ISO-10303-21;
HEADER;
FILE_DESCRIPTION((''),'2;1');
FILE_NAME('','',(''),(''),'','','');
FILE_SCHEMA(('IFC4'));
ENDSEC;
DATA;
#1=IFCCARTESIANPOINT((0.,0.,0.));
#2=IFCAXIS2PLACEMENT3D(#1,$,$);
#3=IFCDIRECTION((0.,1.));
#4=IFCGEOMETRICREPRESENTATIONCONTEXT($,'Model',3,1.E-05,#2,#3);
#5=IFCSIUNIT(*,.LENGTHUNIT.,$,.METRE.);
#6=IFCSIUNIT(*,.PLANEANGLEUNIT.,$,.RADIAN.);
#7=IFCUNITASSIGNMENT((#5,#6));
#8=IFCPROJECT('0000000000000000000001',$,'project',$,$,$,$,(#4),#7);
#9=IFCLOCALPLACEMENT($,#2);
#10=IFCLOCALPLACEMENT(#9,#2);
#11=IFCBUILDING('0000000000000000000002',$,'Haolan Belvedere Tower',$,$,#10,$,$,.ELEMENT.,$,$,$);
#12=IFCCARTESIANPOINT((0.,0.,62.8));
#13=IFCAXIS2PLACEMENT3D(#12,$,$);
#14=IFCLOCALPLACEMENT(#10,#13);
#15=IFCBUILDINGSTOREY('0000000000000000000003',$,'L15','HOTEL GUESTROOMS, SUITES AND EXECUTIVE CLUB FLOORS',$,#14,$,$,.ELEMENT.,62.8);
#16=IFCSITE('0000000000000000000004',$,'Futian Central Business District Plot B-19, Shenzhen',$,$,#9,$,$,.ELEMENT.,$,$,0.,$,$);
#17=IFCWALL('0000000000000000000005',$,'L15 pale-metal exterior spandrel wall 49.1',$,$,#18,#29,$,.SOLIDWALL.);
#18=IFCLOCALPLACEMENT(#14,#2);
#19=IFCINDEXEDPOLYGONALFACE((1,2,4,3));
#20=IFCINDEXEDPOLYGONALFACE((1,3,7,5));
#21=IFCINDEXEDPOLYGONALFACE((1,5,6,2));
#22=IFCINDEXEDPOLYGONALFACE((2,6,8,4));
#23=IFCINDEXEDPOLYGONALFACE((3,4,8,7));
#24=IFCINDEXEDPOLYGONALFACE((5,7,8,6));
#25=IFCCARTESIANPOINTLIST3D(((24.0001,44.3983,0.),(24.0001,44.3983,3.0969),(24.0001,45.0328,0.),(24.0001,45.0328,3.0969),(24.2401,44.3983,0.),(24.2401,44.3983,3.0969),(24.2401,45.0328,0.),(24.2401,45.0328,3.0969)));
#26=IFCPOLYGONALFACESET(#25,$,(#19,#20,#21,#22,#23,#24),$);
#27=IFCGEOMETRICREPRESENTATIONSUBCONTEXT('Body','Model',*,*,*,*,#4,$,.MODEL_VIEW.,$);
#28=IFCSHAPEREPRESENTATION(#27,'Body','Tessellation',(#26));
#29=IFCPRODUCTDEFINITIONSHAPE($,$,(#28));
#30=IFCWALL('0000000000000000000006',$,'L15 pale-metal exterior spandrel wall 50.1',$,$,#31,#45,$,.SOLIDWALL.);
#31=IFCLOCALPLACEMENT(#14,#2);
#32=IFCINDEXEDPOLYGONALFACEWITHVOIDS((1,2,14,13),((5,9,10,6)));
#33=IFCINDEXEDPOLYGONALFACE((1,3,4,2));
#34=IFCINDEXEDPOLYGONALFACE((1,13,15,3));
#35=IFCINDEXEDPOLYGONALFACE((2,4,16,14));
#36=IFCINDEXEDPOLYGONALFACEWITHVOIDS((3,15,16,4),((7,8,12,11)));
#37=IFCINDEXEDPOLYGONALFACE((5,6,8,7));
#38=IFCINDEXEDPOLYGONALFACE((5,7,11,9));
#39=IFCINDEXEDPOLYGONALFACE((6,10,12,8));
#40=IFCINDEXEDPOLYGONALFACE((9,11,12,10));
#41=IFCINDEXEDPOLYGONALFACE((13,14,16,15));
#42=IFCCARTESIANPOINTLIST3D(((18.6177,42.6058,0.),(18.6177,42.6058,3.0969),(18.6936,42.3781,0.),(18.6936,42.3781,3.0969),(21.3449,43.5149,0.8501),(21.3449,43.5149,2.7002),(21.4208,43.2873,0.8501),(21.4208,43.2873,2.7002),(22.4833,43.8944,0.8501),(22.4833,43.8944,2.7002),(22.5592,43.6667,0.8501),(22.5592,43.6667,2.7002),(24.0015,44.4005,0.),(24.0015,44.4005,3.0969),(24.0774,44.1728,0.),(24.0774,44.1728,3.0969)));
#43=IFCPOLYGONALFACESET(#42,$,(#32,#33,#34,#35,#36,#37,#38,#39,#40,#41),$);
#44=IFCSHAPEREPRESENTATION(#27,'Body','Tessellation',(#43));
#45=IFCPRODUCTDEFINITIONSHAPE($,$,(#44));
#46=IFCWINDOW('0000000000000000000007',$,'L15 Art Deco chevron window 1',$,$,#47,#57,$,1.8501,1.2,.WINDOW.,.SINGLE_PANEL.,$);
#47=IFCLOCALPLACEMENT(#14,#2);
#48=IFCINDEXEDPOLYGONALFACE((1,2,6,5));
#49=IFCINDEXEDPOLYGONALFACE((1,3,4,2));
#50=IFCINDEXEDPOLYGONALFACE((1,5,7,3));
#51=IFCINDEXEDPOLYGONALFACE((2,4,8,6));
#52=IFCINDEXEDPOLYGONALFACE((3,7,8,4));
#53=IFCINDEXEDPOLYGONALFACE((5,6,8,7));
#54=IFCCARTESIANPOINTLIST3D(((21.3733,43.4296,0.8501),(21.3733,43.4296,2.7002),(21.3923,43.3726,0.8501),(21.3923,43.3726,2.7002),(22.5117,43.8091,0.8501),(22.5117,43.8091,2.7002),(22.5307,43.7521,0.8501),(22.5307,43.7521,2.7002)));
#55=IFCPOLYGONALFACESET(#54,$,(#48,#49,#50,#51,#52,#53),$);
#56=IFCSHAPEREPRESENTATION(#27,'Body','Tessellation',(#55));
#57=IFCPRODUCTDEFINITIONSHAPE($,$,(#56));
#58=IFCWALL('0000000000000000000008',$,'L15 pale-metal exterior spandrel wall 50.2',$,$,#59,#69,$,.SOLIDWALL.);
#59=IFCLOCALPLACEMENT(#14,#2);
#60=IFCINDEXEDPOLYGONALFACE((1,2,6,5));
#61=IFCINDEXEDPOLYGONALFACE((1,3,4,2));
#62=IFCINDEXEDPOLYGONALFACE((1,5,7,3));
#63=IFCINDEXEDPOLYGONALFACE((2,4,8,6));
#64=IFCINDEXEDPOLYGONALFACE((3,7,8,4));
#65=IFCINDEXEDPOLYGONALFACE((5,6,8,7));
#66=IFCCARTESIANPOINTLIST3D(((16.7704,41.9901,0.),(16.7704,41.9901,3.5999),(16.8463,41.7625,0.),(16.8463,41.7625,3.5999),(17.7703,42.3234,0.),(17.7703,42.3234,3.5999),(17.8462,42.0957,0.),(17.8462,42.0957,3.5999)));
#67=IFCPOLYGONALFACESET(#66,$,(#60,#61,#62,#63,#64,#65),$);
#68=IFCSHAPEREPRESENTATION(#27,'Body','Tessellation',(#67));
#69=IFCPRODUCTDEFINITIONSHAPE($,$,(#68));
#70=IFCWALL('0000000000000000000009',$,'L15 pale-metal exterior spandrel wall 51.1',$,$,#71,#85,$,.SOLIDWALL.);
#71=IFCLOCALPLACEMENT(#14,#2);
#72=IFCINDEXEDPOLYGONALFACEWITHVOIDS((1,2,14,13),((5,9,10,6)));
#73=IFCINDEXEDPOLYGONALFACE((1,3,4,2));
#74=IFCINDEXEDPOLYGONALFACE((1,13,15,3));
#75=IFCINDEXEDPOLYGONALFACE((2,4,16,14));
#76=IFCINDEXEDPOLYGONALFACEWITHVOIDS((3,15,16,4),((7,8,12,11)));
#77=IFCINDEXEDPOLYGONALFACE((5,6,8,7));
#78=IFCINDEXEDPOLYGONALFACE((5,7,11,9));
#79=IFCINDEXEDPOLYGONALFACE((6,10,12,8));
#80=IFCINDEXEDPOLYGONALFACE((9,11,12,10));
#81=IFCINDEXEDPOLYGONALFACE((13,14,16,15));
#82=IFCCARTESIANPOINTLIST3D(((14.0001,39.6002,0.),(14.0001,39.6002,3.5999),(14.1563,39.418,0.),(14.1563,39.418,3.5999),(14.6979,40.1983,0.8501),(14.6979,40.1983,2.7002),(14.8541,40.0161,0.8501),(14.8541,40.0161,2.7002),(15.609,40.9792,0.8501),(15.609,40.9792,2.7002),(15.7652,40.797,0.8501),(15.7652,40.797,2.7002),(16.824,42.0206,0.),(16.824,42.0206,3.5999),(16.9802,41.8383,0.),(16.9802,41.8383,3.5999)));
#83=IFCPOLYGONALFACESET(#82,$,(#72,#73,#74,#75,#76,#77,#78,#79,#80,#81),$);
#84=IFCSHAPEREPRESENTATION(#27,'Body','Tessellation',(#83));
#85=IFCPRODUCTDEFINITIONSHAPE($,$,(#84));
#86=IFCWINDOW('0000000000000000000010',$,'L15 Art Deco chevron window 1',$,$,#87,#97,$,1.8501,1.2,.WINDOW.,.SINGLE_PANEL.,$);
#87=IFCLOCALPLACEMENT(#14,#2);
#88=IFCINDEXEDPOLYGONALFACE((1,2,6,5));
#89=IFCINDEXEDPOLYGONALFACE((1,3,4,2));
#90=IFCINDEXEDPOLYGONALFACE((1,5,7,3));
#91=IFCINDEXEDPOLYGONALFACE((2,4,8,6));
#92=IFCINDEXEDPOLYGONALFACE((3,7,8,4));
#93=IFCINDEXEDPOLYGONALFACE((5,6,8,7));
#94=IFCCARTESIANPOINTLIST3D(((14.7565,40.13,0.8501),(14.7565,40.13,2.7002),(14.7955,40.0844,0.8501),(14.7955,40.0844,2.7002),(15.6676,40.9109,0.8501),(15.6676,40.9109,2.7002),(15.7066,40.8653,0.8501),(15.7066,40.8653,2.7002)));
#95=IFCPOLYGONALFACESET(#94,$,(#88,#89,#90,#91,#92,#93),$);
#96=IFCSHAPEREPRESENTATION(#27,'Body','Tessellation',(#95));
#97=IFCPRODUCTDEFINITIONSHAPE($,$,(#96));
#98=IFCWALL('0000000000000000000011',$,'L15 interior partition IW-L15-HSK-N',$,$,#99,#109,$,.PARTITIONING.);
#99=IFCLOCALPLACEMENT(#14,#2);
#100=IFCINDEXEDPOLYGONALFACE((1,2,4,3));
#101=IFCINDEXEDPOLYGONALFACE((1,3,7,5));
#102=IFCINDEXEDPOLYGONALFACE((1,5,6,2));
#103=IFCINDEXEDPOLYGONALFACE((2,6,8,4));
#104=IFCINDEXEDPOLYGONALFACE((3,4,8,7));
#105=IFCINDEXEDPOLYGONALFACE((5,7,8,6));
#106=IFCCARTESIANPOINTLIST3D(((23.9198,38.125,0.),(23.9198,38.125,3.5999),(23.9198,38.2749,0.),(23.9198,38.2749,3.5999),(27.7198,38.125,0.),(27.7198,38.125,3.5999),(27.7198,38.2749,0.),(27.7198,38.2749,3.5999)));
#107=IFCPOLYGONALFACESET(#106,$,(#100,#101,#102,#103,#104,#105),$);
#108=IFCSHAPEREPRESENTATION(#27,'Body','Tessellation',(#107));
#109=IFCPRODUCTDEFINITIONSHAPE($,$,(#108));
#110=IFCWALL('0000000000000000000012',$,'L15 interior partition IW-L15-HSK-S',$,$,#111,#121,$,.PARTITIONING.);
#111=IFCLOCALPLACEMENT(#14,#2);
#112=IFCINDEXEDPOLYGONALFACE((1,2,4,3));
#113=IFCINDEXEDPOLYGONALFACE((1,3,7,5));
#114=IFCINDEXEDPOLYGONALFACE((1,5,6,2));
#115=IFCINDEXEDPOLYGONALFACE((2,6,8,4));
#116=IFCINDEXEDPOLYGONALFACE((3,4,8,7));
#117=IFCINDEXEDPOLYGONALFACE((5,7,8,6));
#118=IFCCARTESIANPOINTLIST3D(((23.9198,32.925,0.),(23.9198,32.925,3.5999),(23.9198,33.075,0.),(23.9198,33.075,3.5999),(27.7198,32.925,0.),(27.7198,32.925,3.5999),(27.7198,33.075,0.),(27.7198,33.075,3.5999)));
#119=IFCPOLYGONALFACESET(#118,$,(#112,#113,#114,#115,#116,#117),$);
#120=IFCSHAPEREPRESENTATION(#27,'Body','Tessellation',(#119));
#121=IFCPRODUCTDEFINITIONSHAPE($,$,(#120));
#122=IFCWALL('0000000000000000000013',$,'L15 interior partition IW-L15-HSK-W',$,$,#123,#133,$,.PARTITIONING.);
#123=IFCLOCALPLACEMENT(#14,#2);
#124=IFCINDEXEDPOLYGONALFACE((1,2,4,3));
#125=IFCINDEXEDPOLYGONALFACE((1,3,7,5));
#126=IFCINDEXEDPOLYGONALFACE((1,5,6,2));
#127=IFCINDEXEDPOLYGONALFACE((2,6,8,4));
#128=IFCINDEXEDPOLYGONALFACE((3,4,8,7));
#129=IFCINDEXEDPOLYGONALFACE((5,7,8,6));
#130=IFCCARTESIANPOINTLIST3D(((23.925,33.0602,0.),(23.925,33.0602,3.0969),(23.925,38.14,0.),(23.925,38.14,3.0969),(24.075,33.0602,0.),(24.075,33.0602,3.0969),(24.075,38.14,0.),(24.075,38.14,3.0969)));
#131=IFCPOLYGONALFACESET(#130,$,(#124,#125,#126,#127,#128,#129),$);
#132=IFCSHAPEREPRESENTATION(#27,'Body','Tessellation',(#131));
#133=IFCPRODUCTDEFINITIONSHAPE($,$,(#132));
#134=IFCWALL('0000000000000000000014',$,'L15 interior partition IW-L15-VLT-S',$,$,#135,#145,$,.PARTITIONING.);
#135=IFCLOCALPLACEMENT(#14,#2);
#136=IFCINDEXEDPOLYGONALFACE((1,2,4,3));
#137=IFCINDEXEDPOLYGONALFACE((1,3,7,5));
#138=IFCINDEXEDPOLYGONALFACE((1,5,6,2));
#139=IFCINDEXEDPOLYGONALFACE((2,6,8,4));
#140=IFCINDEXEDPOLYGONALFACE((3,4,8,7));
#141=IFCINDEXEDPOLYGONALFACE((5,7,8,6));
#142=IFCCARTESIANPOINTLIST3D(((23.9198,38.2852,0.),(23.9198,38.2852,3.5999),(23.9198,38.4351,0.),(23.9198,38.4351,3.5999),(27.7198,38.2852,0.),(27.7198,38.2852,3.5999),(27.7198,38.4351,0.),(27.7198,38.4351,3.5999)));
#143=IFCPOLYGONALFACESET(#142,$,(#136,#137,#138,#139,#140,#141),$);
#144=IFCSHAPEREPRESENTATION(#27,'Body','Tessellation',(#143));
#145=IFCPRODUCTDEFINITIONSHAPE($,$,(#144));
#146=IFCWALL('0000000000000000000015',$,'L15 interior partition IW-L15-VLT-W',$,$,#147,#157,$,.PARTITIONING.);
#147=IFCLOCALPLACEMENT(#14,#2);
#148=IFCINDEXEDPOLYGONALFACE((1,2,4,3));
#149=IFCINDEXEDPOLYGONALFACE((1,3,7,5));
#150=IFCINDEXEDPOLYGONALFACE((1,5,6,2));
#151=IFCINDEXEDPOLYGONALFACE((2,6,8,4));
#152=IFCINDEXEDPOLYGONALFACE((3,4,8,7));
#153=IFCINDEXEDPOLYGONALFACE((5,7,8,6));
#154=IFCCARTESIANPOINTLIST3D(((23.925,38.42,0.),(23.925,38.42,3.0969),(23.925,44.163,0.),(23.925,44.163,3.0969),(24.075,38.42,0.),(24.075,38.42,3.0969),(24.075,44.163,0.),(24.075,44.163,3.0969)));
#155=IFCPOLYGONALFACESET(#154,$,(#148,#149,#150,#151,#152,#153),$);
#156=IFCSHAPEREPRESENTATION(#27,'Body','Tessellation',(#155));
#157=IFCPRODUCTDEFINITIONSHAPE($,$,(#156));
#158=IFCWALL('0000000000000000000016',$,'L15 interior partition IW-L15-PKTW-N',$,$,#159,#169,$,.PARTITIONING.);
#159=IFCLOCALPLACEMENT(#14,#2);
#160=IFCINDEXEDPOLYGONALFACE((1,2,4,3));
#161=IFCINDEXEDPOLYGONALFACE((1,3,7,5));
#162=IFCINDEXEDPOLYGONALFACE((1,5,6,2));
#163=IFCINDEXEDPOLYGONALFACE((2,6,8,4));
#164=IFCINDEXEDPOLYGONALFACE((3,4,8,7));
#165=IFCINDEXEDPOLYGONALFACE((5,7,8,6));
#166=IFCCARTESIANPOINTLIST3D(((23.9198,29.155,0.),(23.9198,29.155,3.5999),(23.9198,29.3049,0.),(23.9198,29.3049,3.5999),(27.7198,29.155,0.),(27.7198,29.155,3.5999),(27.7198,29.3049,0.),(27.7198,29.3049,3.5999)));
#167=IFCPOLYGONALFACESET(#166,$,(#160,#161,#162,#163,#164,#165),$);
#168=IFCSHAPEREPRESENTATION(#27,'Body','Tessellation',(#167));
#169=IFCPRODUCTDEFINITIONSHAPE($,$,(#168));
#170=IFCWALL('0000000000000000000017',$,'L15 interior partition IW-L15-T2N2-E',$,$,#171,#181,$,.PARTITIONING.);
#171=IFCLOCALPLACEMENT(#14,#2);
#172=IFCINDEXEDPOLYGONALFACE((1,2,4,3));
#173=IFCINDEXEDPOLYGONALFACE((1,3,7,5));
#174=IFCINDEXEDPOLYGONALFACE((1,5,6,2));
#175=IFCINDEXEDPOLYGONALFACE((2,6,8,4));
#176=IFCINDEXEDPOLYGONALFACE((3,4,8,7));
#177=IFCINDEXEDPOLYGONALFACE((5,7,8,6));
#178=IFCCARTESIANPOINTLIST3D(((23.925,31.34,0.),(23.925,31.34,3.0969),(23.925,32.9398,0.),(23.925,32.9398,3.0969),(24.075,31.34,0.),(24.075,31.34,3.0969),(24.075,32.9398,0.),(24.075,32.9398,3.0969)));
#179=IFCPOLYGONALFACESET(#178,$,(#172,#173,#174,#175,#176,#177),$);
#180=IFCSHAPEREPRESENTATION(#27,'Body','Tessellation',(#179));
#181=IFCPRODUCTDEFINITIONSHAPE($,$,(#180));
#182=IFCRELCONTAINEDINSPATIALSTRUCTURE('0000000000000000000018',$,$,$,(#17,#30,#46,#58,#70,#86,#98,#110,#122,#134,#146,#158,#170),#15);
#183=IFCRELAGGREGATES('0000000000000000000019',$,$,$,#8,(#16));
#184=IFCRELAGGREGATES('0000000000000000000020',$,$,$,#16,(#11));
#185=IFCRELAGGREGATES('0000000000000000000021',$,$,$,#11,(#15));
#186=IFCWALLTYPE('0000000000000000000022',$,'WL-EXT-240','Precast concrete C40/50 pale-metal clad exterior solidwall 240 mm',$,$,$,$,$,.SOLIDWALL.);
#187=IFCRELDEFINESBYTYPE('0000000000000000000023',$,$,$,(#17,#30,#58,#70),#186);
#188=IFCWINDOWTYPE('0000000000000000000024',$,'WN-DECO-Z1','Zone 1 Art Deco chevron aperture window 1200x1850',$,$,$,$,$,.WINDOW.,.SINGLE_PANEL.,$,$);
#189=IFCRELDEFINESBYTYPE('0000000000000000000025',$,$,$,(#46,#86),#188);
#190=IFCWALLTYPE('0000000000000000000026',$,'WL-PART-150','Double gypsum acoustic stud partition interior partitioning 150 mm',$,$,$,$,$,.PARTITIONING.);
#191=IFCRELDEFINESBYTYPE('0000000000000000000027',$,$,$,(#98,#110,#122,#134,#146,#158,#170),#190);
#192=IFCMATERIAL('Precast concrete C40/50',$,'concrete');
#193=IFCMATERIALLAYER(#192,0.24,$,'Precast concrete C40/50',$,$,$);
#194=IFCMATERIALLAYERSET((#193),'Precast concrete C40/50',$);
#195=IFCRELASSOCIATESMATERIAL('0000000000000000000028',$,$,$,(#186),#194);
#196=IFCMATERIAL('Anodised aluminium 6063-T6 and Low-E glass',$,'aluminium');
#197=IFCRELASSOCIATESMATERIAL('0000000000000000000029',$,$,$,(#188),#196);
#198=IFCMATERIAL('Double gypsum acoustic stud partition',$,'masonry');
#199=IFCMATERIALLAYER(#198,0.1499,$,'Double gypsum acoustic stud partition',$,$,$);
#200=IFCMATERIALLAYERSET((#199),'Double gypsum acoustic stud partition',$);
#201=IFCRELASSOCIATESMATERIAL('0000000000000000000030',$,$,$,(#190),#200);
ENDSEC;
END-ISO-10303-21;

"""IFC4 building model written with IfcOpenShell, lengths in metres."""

from ifc_helpers import new_model, si_unit, direction, frame, frame_2d, origin, place, context, subcontext, project, spatial, rectangle, extrude, material, layer, layer_set, type_object, element, fill, save


model = new_model("IFC4")

# Units and contexts
model_context = context("Model", 3, precision=1e-05, world=origin(), true_north=direction((0.0, 1.0)))
body_context = subcontext(model_context, "Body", "Model", "MODEL_VIEW")
ifc_project = project(units=[si_unit("LENGTHUNIT", "METRE"), si_unit("PLANEANGLEUNIT", "RADIAN")], contexts=[model_context])

# Site, building, storey
site_placement = place(None, origin())
site = spatial("IfcSite", under=ifc_project, at=site_placement, Name="Futian Central Business District Plot B-19, Shenzhen", CompositionType="ELEMENT", RefElevation=0.0)
building_placement = place(site_placement, origin())
building = spatial("IfcBuilding", under=site, at=building_placement, Name="Haolan Belvedere Tower", CompositionType="ELEMENT")
storey_placement = place(building_placement, frame((0.0, 0.0, 62.8)))
storey = spatial("IfcBuildingStorey", under=building, at=storey_placement, Name="L15", Description="HOTEL GUESTROOMS, SUITES AND EXECUTIVE CLUB FLOORS", CompositionType="ELEMENT", Elevation=62.8)

# Wall
ifc_material_1 = material(Name="Precast concrete C40/50", Category="concrete")
ifc_layer_1 = layer(ifc_material_1, 0.24, Name="Precast concrete C40/50")
ifc_layer_set_1 = layer_set([ifc_layer_1], Name="Precast concrete C40/50")
wall_type_1 = type_object("IfcWallType", Name="WL-EXT-240", Description="Precast concrete C40/50 pale-metal clad exterior solidwall 240 mm", PredefinedType="SOLIDWALL", material=ifc_layer_set_1)
wall_1_placement = place(storey_placement, frame((24.1201, 45.033, 0.0), z_axis=(0.0, 0.0, 1.0), x_axis=(0.0, -1.0, 0.0)))
element("IfcWall", 1, at=wall_1_placement, inside=storey, type_object=wall_type_1, Name="L15 pale-metal exterior spandrel wall 49.1", PredefinedType="SOLIDWALL", context=body_context, shape_type="SweptSolid", body=[
    extrude(rectangle(XDim=0.6345, YDim=0.24, at=frame_2d((0.3174, 0.0))), origin(), (0.0, 0.0, 1.0), 3.0969),
])

# Wall, opening, window
wall_2_placement = place(storey_placement, frame((24.0393, 44.2866, 0.0), z_axis=(0.0, 0.0, 1.0), x_axis=(-0.948679, -0.316241, 0.0)))
wall_2 = element("IfcWall", 2, at=wall_2_placement, inside=storey, type_object=wall_type_1, Name="L15 pale-metal exterior spandrel wall 50.1", PredefinedType="SOLIDWALL", context=body_context, shape_type="SweptSolid", body=[
    extrude(rectangle(XDim=5.675, YDim=0.24, at=frame_2d((2.8374, 0.0))), origin(), (0.0, 0.0, 1.0), 3.0969),
])
opening_1_placement = place(wall_2_placement, frame((1.6001, 0.0, 0.8501)))
opening_1 = element("IfcOpeningElement", 3, at=opening_1_placement, cuts=wall_2, PredefinedType="OPENING", context=body_context, shape_type="SweptSolid", body=[
    extrude(rectangle(XDim=1.2, YDim=1.8501, at=frame_2d((0.6001, 0.925))), frame((0.0, 0.1299, 0.0), z_axis=(0.0, -1.0, 0.0), x_axis=(1.0, 0.0, 0.0)), (0.0, 0.0, 1.0), 0.26),
])
ifc_material_2 = material(Name="Anodised aluminium 6063-T6 and Low-E glass", Category="aluminium")
window_type = type_object("IfcWindowType", Name="WN-DECO-Z1", Description="Zone 1 Art Deco chevron aperture window 1200x1850", PartitioningType="SINGLE_PANEL", PredefinedType="WINDOW", material=ifc_material_2)
window_1_placement = place(opening_1_placement, origin())
window_1 = element("IfcWindow", 4, at=window_1_placement, inside=storey, type_object=window_type, Name="L15 Art Deco chevron window 1", OverallHeight=1.8501, OverallWidth=1.2, PartitioningType="SINGLE_PANEL", PredefinedType="WINDOW", context=body_context, shape_type="SweptSolid", body=[
    extrude(rectangle(XDim=1.2, YDim=1.8501, at=frame_2d((0.6001, 0.925))), frame((0.0, 0.03, 0.0), z_axis=(0.0, -1.0, 0.0), x_axis=(1.0, 0.0, 0.0)), (0.0, 0.0, 1.0), 0.0601),
])
fill(opening_1, window_1)

# Wall
wall_3_placement = place(storey_placement, frame((17.8081, 42.2095, 0.0), z_axis=(0.0, 0.0, 1.0), x_axis=(-0.948706, -0.316158, 0.0)))
element("IfcWall", 5, at=wall_3_placement, inside=storey, type_object=wall_type_1, Name="L15 pale-metal exterior spandrel wall 50.2", PredefinedType="SOLIDWALL", context=body_context, shape_type="SweptSolid", body=[
    extrude(rectangle(XDim=1.054, YDim=0.24, at=frame_2d((0.5269, 0.0))), origin(), (0.0, 0.0, 1.0), 3.5999),
])

# Wall, opening, window
wall_4_placement = place(storey_placement, frame((16.9021, 41.9294, 0.0), z_axis=(0.0, 0.0, 1.0), x_axis=(-0.759275, -0.65077, 0.0)))
wall_4 = element("IfcWall", 6, at=wall_4_placement, inside=storey, type_object=wall_type_1, Name="L15 pale-metal exterior spandrel wall 51.1", PredefinedType="SOLIDWALL", context=body_context, shape_type="SweptSolid", body=[
    extrude(rectangle(XDim=3.7192, YDim=0.24, at=frame_2d((1.8596, 0.0))), origin(), (0.0, 0.0, 1.0), 3.5999),
])
opening_2_placement = place(wall_4_placement, frame((1.6001, 0.0, 0.8501)))
opening_2 = element("IfcOpeningElement", 7, at=opening_2_placement, cuts=wall_4, PredefinedType="OPENING", context=body_context, shape_type="SweptSolid", body=[
    extrude(rectangle(XDim=1.2, YDim=1.8501, at=frame_2d((0.6001, 0.925))), frame((0.0, 0.1299, 0.0), z_axis=(0.0, -1.0, 0.0), x_axis=(1.0, 0.0, 0.0)), (0.0, 0.0, 1.0), 0.26),
])
window_2_placement = place(opening_2_placement, origin())
window_2 = element("IfcWindow", 8, at=window_2_placement, inside=storey, type_object=window_type, Name="L15 Art Deco chevron window 1", OverallHeight=1.8501, OverallWidth=1.2, PartitioningType="SINGLE_PANEL", PredefinedType="WINDOW", context=body_context, shape_type="SweptSolid", body=[
    extrude(rectangle(XDim=1.2, YDim=1.8501, at=frame_2d((0.6001, 0.925))), frame((0.0, 0.03, 0.0), z_axis=(0.0, -1.0, 0.0), x_axis=(1.0, 0.0, 0.0)), (0.0, 0.0, 1.0), 0.0601),
])
fill(opening_2, window_2)

# Walls
ifc_material_3 = material(Name="Double gypsum acoustic stud partition", Category="masonry")
ifc_layer_2 = layer(ifc_material_3, 0.1499, Name="Double gypsum acoustic stud partition")
ifc_layer_set_2 = layer_set([ifc_layer_2], Name="Double gypsum acoustic stud partition")
wall_type_2 = type_object("IfcWallType", Name="WL-PART-150", Description="Double gypsum acoustic stud partition interior partitioning 150 mm", PredefinedType="PARTITIONING", material=ifc_layer_set_2)
for number, where, z_axis, x_axis, name in (
    (9, (23.9199, 38.2, 0.0), (0.0, 0.0, 1.0), (1.0, 0.0, 0.0), "L15 interior partition IW-L15-HSK-N"),
    (10, (23.9199, 33.0, 0.0), (0.0, 0.0, 1.0), (1.0, 0.0, 0.0), "L15 interior partition IW-L15-HSK-S"),
):
    element("IfcWall", number, at=place(storey_placement, frame(where, z_axis=z_axis, x_axis=x_axis)), inside=storey, type_object=wall_type_2, Name=name, PredefinedType="PARTITIONING", context=body_context, shape_type="SweptSolid", body=[
        extrude(rectangle(XDim=3.8, YDim=0.1499, at=frame_2d((1.8999, 0.0))), origin(), (0.0, 0.0, 1.0), 3.5999),
    ])
wall_5_placement = place(storey_placement, frame((24.0, 33.0601, 0.0), z_axis=(0.0, 0.0, 1.0), x_axis=(0.0, 1.0, 0.0)))
element("IfcWall", 11, at=wall_5_placement, inside=storey, type_object=wall_type_2, Name="L15 interior partition IW-L15-HSK-W", PredefinedType="PARTITIONING", context=body_context, shape_type="SweptSolid", body=[
    extrude(rectangle(XDim=5.0798, YDim=0.1499, at=frame_2d((2.54, 0.0))), origin(), (0.0, 0.0, 1.0), 3.0969),
])
wall_6_placement = place(storey_placement, frame((23.9199, 38.3601, 0.0), z_axis=(0.0, 0.0, 1.0), x_axis=(1.0, 0.0, 0.0)))
element("IfcWall", 12, at=wall_6_placement, inside=storey, type_object=wall_type_2, Name="L15 interior partition IW-L15-VLT-S", PredefinedType="PARTITIONING", context=body_context, shape_type="SweptSolid", body=[
    extrude(rectangle(XDim=3.8, YDim=0.1499, at=frame_2d((1.8999, 0.0))), origin(), (0.0, 0.0, 1.0), 3.5999),
])
wall_7_placement = place(storey_placement, frame((24.0, 38.4199, 0.0), z_axis=(0.0, 0.0, 1.0), x_axis=(0.0, 1.0, 0.0)))
element("IfcWall", 13, at=wall_7_placement, inside=storey, type_object=wall_type_2, Name="L15 interior partition IW-L15-VLT-W", PredefinedType="PARTITIONING", context=body_context, shape_type="SweptSolid", body=[
    extrude(rectangle(XDim=5.7429, YDim=0.1499, at=frame_2d((2.8716, 0.0))), origin(), (0.0, 0.0, 1.0), 3.0969),
])
wall_8_placement = place(storey_placement, frame((23.9199, 29.23, 0.0), z_axis=(0.0, 0.0, 1.0), x_axis=(1.0, 0.0, 0.0)))
element("IfcWall", 14, at=wall_8_placement, inside=storey, type_object=wall_type_2, Name="L15 interior partition IW-L15-PKTW-N", PredefinedType="PARTITIONING", context=body_context, shape_type="SweptSolid", body=[
    extrude(rectangle(XDim=3.8, YDim=0.1499, at=frame_2d((1.8999, 0.0))), origin(), (0.0, 0.0, 1.0), 3.5999),
])
wall_9_placement = place(storey_placement, frame((24.0, 31.3401, 0.0), z_axis=(0.0, 0.0, 1.0), x_axis=(0.0, 1.0, 0.0)))
element("IfcWall", 15, at=wall_9_placement, inside=storey, type_object=wall_type_2, Name="L15 interior partition IW-L15-T2N2-E", PredefinedType="PARTITIONING", context=body_context, shape_type="SweptSolid", body=[
    extrude(rectangle(XDim=1.5999, YDim=0.1499, at=frame_2d((0.7998, 0.0))), origin(), (0.0, 0.0, 1.0), 3.0969),
])

save(model, "model.ifc")
